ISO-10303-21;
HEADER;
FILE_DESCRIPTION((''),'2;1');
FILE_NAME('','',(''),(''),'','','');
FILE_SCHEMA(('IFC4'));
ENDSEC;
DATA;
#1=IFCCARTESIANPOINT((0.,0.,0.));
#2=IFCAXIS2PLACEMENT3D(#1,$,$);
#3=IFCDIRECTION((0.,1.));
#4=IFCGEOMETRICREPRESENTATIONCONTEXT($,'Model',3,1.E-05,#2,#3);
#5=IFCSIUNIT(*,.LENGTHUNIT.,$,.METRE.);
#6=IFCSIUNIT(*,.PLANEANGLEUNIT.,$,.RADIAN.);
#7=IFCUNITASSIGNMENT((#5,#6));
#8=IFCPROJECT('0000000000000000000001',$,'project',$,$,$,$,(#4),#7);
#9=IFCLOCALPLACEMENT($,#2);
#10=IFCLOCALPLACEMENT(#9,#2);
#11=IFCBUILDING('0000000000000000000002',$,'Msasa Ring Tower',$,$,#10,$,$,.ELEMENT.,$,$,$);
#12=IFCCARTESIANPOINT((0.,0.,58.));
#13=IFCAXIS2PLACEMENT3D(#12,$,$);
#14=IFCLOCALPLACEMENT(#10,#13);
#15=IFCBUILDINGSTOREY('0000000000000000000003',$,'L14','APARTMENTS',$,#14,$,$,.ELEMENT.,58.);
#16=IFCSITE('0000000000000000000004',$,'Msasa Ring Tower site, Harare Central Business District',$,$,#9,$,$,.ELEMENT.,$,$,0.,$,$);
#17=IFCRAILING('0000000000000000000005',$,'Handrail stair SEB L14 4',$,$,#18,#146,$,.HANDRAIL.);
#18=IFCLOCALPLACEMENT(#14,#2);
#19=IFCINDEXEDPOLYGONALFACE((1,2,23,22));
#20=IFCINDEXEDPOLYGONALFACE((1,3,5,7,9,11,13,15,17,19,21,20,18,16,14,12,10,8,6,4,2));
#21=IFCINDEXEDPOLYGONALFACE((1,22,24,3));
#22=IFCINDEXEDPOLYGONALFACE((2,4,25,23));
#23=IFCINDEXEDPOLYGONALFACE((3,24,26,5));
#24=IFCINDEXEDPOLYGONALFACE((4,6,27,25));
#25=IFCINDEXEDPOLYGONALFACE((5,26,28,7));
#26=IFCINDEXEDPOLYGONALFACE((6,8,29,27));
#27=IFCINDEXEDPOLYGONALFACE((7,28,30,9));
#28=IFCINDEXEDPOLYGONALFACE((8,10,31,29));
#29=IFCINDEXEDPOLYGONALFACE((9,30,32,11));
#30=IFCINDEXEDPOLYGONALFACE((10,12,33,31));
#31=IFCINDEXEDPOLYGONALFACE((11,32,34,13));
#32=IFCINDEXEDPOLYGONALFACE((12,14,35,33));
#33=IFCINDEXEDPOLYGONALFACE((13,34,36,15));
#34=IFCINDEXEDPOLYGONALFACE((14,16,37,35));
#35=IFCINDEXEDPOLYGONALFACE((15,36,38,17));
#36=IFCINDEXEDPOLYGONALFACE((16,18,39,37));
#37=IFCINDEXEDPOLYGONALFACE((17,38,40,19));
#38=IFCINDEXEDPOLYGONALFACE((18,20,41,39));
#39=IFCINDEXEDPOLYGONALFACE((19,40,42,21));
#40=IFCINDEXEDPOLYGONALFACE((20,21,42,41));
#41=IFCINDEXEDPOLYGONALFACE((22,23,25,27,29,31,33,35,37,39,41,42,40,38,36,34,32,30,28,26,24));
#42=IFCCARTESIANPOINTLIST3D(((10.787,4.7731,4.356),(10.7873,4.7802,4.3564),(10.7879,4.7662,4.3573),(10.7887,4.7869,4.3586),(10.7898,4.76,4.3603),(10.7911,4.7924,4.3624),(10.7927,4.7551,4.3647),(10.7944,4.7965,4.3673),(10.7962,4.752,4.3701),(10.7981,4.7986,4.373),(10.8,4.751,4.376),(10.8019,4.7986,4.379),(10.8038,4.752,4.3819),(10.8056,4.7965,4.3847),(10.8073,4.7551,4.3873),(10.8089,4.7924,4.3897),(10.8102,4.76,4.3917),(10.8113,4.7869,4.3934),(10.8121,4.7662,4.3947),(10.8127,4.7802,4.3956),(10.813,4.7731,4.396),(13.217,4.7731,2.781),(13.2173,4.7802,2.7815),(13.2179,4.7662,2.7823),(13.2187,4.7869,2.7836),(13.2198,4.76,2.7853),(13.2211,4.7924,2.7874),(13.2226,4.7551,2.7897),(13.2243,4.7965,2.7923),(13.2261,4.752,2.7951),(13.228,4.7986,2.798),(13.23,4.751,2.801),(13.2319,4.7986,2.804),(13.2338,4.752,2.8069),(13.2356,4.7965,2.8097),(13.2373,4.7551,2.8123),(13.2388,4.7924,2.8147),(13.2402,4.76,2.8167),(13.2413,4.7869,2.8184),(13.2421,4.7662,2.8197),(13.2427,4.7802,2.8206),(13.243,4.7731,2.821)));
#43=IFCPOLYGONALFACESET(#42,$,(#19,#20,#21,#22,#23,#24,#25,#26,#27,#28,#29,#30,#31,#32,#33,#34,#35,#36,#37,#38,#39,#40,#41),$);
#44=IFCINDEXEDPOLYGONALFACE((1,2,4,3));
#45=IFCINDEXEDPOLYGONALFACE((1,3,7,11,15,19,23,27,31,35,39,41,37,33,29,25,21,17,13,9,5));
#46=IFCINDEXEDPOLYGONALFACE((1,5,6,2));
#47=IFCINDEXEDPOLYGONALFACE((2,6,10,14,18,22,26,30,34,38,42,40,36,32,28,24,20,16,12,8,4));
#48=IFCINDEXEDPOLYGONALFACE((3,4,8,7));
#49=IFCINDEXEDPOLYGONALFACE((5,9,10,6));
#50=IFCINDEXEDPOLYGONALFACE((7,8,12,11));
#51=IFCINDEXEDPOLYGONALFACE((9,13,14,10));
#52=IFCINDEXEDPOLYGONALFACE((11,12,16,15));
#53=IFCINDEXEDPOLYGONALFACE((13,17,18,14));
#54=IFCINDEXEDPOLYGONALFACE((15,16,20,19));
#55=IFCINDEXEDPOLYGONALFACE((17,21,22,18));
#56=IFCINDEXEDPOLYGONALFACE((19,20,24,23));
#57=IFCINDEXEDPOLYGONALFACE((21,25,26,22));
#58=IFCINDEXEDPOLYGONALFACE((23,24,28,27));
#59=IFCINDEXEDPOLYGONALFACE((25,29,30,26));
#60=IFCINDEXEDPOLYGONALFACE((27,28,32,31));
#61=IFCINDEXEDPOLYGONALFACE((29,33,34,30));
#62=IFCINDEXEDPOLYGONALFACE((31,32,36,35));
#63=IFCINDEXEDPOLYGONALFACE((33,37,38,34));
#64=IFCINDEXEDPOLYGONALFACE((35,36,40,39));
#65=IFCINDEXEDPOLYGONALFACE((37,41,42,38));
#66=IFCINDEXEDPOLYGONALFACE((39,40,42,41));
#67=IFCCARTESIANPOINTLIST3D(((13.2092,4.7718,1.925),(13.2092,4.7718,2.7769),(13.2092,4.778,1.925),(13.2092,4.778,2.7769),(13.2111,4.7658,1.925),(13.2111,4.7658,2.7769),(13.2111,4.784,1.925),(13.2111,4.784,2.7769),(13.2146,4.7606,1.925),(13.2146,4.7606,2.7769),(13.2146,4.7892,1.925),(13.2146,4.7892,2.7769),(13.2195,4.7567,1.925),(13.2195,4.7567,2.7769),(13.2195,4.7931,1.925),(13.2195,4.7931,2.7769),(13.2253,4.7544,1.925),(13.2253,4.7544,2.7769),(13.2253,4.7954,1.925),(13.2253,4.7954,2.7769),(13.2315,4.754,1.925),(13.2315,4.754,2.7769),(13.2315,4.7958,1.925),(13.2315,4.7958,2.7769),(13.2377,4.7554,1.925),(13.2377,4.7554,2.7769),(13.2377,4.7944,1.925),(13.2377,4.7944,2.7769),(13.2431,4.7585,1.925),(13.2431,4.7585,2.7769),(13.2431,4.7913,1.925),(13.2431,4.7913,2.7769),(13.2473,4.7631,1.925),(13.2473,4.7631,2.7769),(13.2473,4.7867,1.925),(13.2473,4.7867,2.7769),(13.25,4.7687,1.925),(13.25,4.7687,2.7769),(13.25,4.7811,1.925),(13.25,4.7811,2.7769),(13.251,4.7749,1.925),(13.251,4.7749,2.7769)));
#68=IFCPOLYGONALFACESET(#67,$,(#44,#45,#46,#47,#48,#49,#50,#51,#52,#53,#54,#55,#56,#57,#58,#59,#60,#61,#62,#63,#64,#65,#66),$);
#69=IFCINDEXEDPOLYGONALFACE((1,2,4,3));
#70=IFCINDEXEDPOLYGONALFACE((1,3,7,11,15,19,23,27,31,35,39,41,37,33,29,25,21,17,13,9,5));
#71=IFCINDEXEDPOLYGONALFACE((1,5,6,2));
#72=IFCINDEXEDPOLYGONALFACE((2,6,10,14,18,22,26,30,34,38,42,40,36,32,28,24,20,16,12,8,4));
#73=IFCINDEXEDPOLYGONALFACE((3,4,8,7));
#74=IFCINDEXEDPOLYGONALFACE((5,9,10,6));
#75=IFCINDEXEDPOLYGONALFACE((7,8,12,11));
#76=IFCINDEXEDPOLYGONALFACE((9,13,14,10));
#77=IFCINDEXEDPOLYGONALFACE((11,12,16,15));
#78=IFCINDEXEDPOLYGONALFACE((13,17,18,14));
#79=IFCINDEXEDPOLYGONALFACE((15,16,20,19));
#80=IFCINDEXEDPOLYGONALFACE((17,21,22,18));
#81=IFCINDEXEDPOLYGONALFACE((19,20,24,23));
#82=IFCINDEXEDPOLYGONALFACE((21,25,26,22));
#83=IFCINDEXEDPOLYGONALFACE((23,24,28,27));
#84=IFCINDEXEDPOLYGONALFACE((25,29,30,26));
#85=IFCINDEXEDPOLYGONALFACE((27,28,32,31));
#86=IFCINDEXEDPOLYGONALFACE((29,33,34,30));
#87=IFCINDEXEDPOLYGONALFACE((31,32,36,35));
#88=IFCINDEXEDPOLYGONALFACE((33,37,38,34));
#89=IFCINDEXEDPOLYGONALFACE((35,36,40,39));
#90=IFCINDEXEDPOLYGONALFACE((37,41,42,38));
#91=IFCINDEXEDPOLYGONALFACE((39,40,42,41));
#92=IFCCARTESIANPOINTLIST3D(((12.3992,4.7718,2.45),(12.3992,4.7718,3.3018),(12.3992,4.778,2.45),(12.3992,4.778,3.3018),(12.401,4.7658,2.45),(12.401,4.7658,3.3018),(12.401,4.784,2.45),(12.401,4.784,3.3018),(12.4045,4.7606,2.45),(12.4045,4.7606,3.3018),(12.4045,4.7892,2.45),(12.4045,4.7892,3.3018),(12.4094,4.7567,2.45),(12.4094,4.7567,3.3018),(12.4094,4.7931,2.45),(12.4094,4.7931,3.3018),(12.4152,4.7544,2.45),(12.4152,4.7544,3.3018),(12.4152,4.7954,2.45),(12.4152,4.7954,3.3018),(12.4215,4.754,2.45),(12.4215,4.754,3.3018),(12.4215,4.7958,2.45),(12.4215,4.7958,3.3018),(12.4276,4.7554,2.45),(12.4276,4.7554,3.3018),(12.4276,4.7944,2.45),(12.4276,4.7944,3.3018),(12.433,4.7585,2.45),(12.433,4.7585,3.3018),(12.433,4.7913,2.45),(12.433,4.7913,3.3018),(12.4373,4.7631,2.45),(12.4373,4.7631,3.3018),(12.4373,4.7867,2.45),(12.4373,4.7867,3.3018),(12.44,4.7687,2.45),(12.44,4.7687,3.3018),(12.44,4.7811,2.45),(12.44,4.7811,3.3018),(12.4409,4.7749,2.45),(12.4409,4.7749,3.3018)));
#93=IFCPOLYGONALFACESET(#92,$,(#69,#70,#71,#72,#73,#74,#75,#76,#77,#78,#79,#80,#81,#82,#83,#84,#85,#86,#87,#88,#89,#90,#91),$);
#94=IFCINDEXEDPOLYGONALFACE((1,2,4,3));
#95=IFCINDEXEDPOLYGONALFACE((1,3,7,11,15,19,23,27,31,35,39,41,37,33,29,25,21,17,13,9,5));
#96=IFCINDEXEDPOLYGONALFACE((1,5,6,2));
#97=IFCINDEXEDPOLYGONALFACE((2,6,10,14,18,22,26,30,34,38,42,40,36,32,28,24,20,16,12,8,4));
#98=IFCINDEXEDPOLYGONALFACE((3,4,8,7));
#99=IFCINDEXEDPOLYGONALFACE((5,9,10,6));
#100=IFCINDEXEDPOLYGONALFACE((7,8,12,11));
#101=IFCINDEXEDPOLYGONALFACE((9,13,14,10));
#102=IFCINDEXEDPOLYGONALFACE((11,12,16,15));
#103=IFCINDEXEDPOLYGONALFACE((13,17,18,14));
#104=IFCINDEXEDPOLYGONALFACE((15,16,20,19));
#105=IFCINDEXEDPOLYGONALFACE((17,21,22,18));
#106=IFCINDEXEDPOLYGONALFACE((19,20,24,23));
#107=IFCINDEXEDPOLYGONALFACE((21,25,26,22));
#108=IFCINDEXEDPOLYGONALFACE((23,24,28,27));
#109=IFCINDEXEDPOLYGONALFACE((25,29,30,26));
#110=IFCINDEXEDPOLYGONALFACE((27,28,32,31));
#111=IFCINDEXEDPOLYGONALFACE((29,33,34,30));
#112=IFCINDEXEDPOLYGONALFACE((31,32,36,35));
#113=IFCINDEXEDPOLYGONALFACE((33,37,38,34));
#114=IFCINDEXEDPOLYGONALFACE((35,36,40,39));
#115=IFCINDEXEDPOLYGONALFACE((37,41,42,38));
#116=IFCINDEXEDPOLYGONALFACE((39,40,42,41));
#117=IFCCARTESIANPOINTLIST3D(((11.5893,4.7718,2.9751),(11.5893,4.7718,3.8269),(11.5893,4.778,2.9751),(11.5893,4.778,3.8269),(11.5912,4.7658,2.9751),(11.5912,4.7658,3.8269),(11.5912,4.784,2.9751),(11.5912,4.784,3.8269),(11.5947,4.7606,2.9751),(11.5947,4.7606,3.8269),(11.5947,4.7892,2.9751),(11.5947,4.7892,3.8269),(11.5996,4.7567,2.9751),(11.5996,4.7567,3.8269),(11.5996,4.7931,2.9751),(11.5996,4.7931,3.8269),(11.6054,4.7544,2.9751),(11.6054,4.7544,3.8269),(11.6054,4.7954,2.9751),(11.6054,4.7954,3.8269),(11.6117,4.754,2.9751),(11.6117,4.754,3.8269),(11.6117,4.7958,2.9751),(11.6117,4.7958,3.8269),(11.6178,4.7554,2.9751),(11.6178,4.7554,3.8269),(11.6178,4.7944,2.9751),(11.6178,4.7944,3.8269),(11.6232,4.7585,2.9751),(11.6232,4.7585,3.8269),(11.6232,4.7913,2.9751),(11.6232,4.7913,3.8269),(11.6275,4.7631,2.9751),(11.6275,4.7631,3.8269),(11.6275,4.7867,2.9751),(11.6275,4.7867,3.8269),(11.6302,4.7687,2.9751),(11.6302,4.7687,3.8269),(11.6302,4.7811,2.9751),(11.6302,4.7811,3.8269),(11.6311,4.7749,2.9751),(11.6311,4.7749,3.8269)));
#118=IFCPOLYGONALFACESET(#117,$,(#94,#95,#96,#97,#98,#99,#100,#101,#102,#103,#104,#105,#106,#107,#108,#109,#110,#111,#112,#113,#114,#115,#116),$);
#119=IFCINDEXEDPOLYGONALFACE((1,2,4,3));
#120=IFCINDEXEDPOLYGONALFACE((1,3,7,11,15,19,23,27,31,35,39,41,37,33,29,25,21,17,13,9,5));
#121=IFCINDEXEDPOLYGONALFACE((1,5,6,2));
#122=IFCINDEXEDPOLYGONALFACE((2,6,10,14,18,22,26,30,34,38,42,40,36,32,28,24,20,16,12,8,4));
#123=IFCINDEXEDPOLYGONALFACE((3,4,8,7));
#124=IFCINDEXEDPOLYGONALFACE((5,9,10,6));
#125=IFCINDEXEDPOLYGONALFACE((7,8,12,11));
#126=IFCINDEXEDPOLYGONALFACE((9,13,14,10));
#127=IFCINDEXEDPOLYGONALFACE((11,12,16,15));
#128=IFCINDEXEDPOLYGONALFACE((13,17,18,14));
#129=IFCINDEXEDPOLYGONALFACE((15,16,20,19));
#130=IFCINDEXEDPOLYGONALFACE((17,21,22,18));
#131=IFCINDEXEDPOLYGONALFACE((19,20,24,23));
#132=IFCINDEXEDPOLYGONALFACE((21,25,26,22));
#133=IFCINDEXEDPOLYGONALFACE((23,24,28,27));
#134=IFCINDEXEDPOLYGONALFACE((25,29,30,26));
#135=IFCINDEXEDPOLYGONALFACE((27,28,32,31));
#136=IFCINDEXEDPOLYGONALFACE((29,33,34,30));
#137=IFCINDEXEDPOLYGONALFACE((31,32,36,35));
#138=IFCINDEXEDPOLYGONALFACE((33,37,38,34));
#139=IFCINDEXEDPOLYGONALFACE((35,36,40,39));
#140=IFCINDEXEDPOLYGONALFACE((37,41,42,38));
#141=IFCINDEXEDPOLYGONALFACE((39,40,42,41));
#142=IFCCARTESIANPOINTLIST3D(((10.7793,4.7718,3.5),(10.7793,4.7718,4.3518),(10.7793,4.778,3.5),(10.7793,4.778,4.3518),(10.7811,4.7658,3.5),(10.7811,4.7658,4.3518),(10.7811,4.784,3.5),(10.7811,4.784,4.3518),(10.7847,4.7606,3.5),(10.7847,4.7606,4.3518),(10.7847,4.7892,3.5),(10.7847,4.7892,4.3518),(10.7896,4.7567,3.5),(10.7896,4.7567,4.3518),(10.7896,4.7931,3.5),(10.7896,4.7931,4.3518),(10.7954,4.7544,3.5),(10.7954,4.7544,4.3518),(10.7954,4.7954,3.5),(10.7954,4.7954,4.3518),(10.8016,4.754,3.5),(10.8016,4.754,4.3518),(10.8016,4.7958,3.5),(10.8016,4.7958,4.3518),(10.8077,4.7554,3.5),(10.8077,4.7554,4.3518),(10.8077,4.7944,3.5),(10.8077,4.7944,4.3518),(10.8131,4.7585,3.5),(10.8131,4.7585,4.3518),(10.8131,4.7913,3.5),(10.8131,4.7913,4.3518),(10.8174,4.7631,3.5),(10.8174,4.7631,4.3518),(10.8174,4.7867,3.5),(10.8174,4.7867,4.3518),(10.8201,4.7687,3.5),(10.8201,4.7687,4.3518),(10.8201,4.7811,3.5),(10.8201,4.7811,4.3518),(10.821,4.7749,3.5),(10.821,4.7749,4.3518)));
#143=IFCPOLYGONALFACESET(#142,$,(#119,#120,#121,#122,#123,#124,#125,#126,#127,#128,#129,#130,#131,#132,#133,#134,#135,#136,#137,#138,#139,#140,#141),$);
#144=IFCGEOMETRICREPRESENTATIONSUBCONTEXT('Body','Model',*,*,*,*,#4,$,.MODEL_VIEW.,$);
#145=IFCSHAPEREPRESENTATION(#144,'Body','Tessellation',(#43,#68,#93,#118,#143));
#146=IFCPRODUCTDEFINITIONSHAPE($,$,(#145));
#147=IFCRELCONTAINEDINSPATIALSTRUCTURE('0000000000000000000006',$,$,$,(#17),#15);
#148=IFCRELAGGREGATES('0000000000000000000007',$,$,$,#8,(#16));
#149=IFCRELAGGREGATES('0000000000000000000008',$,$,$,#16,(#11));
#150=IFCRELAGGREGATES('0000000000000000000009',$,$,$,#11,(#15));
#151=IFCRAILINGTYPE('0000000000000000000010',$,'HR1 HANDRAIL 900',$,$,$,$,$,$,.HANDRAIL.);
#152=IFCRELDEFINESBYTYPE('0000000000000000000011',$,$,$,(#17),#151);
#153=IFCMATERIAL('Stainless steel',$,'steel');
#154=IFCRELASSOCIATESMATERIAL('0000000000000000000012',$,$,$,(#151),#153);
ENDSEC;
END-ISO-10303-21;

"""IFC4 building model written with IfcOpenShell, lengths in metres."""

from ifc_helpers import new_model, si_unit, direction, frame, origin, origin_2d, place, context, subcontext, project, spatial, circle, extrude, material, type_object, element, save


model = new_model("IFC4")

# Units and contexts
model_context = context("Model", 3, precision=1e-05, world=origin(), true_north=direction((0.0, 1.0)))
body_context = subcontext(model_context, "Body", "Model", "MODEL_VIEW")
ifc_project = project(units=[si_unit("LENGTHUNIT", "METRE"), si_unit("PLANEANGLEUNIT", "RADIAN")], contexts=[model_context])

# Site, building, storey
site_placement = place(None, origin())
site = spatial("IfcSite", under=ifc_project, at=site_placement, Name="Msasa Ring Tower site, Harare Central Business District", CompositionType="ELEMENT", RefElevation=0.0)
building_placement = place(site_placement, origin())
building = spatial("IfcBuilding", under=site, at=building_placement, Name="Msasa Ring Tower", CompositionType="ELEMENT")
storey_placement = place(building_placement, frame((0.0, 0.0, 58.0)))
storey = spatial("IfcBuildingStorey", under=building, at=storey_placement, Name="L14", Description="APARTMENTS", CompositionType="ELEMENT", Elevation=58.0)

# Railing
ifc_material_1 = material(Name="Stainless steel", Category="steel")
railing_type = type_object("IfcRailingType", Name="HR1 HANDRAIL 900", PredefinedType="HANDRAIL", material=ifc_material_1)
for number, where, name in (
    (1, (13.23, 4.7749, 1.925), "Handrail stair SEB L14 4"),
):
    element("IfcRailing", number, at=place(storey_placement, frame(where)), inside=storey, type_object=railing_type, Name=name, PredefinedType="HANDRAIL", context=body_context, shape_type="SweptSolid", body=[
        extrude(circle(Radius=0.0239, at=origin_2d()), frame((0.0, 0.0, 0.876), z_axis=(-0.839154, 0.0, 0.543894), x_axis=(0.0, -1.0, 0.0)), (0.0, 0.0, 1.0), 2.8958),
        extrude(circle(Radius=0.021, at=origin_2d()), origin(), (0.0, 0.0, 1.0), 0.8518),
        extrude(circle(Radius=0.021, at=origin_2d()), frame((-0.8101, 0.0, 0.5249)), (0.0, 0.0, 1.0), 0.8518),
        extrude(circle(Radius=0.021, at=origin_2d()), frame((-1.6199, 0.0, 1.05)), (0.0, 0.0, 1.0), 0.8518),
        extrude(circle(Radius=0.021, at=origin_2d()), frame((-2.4299, 0.0, 1.575)), (0.0, 0.0, 1.0), 0.8518),
    ])

save(model, "model.ifc")
